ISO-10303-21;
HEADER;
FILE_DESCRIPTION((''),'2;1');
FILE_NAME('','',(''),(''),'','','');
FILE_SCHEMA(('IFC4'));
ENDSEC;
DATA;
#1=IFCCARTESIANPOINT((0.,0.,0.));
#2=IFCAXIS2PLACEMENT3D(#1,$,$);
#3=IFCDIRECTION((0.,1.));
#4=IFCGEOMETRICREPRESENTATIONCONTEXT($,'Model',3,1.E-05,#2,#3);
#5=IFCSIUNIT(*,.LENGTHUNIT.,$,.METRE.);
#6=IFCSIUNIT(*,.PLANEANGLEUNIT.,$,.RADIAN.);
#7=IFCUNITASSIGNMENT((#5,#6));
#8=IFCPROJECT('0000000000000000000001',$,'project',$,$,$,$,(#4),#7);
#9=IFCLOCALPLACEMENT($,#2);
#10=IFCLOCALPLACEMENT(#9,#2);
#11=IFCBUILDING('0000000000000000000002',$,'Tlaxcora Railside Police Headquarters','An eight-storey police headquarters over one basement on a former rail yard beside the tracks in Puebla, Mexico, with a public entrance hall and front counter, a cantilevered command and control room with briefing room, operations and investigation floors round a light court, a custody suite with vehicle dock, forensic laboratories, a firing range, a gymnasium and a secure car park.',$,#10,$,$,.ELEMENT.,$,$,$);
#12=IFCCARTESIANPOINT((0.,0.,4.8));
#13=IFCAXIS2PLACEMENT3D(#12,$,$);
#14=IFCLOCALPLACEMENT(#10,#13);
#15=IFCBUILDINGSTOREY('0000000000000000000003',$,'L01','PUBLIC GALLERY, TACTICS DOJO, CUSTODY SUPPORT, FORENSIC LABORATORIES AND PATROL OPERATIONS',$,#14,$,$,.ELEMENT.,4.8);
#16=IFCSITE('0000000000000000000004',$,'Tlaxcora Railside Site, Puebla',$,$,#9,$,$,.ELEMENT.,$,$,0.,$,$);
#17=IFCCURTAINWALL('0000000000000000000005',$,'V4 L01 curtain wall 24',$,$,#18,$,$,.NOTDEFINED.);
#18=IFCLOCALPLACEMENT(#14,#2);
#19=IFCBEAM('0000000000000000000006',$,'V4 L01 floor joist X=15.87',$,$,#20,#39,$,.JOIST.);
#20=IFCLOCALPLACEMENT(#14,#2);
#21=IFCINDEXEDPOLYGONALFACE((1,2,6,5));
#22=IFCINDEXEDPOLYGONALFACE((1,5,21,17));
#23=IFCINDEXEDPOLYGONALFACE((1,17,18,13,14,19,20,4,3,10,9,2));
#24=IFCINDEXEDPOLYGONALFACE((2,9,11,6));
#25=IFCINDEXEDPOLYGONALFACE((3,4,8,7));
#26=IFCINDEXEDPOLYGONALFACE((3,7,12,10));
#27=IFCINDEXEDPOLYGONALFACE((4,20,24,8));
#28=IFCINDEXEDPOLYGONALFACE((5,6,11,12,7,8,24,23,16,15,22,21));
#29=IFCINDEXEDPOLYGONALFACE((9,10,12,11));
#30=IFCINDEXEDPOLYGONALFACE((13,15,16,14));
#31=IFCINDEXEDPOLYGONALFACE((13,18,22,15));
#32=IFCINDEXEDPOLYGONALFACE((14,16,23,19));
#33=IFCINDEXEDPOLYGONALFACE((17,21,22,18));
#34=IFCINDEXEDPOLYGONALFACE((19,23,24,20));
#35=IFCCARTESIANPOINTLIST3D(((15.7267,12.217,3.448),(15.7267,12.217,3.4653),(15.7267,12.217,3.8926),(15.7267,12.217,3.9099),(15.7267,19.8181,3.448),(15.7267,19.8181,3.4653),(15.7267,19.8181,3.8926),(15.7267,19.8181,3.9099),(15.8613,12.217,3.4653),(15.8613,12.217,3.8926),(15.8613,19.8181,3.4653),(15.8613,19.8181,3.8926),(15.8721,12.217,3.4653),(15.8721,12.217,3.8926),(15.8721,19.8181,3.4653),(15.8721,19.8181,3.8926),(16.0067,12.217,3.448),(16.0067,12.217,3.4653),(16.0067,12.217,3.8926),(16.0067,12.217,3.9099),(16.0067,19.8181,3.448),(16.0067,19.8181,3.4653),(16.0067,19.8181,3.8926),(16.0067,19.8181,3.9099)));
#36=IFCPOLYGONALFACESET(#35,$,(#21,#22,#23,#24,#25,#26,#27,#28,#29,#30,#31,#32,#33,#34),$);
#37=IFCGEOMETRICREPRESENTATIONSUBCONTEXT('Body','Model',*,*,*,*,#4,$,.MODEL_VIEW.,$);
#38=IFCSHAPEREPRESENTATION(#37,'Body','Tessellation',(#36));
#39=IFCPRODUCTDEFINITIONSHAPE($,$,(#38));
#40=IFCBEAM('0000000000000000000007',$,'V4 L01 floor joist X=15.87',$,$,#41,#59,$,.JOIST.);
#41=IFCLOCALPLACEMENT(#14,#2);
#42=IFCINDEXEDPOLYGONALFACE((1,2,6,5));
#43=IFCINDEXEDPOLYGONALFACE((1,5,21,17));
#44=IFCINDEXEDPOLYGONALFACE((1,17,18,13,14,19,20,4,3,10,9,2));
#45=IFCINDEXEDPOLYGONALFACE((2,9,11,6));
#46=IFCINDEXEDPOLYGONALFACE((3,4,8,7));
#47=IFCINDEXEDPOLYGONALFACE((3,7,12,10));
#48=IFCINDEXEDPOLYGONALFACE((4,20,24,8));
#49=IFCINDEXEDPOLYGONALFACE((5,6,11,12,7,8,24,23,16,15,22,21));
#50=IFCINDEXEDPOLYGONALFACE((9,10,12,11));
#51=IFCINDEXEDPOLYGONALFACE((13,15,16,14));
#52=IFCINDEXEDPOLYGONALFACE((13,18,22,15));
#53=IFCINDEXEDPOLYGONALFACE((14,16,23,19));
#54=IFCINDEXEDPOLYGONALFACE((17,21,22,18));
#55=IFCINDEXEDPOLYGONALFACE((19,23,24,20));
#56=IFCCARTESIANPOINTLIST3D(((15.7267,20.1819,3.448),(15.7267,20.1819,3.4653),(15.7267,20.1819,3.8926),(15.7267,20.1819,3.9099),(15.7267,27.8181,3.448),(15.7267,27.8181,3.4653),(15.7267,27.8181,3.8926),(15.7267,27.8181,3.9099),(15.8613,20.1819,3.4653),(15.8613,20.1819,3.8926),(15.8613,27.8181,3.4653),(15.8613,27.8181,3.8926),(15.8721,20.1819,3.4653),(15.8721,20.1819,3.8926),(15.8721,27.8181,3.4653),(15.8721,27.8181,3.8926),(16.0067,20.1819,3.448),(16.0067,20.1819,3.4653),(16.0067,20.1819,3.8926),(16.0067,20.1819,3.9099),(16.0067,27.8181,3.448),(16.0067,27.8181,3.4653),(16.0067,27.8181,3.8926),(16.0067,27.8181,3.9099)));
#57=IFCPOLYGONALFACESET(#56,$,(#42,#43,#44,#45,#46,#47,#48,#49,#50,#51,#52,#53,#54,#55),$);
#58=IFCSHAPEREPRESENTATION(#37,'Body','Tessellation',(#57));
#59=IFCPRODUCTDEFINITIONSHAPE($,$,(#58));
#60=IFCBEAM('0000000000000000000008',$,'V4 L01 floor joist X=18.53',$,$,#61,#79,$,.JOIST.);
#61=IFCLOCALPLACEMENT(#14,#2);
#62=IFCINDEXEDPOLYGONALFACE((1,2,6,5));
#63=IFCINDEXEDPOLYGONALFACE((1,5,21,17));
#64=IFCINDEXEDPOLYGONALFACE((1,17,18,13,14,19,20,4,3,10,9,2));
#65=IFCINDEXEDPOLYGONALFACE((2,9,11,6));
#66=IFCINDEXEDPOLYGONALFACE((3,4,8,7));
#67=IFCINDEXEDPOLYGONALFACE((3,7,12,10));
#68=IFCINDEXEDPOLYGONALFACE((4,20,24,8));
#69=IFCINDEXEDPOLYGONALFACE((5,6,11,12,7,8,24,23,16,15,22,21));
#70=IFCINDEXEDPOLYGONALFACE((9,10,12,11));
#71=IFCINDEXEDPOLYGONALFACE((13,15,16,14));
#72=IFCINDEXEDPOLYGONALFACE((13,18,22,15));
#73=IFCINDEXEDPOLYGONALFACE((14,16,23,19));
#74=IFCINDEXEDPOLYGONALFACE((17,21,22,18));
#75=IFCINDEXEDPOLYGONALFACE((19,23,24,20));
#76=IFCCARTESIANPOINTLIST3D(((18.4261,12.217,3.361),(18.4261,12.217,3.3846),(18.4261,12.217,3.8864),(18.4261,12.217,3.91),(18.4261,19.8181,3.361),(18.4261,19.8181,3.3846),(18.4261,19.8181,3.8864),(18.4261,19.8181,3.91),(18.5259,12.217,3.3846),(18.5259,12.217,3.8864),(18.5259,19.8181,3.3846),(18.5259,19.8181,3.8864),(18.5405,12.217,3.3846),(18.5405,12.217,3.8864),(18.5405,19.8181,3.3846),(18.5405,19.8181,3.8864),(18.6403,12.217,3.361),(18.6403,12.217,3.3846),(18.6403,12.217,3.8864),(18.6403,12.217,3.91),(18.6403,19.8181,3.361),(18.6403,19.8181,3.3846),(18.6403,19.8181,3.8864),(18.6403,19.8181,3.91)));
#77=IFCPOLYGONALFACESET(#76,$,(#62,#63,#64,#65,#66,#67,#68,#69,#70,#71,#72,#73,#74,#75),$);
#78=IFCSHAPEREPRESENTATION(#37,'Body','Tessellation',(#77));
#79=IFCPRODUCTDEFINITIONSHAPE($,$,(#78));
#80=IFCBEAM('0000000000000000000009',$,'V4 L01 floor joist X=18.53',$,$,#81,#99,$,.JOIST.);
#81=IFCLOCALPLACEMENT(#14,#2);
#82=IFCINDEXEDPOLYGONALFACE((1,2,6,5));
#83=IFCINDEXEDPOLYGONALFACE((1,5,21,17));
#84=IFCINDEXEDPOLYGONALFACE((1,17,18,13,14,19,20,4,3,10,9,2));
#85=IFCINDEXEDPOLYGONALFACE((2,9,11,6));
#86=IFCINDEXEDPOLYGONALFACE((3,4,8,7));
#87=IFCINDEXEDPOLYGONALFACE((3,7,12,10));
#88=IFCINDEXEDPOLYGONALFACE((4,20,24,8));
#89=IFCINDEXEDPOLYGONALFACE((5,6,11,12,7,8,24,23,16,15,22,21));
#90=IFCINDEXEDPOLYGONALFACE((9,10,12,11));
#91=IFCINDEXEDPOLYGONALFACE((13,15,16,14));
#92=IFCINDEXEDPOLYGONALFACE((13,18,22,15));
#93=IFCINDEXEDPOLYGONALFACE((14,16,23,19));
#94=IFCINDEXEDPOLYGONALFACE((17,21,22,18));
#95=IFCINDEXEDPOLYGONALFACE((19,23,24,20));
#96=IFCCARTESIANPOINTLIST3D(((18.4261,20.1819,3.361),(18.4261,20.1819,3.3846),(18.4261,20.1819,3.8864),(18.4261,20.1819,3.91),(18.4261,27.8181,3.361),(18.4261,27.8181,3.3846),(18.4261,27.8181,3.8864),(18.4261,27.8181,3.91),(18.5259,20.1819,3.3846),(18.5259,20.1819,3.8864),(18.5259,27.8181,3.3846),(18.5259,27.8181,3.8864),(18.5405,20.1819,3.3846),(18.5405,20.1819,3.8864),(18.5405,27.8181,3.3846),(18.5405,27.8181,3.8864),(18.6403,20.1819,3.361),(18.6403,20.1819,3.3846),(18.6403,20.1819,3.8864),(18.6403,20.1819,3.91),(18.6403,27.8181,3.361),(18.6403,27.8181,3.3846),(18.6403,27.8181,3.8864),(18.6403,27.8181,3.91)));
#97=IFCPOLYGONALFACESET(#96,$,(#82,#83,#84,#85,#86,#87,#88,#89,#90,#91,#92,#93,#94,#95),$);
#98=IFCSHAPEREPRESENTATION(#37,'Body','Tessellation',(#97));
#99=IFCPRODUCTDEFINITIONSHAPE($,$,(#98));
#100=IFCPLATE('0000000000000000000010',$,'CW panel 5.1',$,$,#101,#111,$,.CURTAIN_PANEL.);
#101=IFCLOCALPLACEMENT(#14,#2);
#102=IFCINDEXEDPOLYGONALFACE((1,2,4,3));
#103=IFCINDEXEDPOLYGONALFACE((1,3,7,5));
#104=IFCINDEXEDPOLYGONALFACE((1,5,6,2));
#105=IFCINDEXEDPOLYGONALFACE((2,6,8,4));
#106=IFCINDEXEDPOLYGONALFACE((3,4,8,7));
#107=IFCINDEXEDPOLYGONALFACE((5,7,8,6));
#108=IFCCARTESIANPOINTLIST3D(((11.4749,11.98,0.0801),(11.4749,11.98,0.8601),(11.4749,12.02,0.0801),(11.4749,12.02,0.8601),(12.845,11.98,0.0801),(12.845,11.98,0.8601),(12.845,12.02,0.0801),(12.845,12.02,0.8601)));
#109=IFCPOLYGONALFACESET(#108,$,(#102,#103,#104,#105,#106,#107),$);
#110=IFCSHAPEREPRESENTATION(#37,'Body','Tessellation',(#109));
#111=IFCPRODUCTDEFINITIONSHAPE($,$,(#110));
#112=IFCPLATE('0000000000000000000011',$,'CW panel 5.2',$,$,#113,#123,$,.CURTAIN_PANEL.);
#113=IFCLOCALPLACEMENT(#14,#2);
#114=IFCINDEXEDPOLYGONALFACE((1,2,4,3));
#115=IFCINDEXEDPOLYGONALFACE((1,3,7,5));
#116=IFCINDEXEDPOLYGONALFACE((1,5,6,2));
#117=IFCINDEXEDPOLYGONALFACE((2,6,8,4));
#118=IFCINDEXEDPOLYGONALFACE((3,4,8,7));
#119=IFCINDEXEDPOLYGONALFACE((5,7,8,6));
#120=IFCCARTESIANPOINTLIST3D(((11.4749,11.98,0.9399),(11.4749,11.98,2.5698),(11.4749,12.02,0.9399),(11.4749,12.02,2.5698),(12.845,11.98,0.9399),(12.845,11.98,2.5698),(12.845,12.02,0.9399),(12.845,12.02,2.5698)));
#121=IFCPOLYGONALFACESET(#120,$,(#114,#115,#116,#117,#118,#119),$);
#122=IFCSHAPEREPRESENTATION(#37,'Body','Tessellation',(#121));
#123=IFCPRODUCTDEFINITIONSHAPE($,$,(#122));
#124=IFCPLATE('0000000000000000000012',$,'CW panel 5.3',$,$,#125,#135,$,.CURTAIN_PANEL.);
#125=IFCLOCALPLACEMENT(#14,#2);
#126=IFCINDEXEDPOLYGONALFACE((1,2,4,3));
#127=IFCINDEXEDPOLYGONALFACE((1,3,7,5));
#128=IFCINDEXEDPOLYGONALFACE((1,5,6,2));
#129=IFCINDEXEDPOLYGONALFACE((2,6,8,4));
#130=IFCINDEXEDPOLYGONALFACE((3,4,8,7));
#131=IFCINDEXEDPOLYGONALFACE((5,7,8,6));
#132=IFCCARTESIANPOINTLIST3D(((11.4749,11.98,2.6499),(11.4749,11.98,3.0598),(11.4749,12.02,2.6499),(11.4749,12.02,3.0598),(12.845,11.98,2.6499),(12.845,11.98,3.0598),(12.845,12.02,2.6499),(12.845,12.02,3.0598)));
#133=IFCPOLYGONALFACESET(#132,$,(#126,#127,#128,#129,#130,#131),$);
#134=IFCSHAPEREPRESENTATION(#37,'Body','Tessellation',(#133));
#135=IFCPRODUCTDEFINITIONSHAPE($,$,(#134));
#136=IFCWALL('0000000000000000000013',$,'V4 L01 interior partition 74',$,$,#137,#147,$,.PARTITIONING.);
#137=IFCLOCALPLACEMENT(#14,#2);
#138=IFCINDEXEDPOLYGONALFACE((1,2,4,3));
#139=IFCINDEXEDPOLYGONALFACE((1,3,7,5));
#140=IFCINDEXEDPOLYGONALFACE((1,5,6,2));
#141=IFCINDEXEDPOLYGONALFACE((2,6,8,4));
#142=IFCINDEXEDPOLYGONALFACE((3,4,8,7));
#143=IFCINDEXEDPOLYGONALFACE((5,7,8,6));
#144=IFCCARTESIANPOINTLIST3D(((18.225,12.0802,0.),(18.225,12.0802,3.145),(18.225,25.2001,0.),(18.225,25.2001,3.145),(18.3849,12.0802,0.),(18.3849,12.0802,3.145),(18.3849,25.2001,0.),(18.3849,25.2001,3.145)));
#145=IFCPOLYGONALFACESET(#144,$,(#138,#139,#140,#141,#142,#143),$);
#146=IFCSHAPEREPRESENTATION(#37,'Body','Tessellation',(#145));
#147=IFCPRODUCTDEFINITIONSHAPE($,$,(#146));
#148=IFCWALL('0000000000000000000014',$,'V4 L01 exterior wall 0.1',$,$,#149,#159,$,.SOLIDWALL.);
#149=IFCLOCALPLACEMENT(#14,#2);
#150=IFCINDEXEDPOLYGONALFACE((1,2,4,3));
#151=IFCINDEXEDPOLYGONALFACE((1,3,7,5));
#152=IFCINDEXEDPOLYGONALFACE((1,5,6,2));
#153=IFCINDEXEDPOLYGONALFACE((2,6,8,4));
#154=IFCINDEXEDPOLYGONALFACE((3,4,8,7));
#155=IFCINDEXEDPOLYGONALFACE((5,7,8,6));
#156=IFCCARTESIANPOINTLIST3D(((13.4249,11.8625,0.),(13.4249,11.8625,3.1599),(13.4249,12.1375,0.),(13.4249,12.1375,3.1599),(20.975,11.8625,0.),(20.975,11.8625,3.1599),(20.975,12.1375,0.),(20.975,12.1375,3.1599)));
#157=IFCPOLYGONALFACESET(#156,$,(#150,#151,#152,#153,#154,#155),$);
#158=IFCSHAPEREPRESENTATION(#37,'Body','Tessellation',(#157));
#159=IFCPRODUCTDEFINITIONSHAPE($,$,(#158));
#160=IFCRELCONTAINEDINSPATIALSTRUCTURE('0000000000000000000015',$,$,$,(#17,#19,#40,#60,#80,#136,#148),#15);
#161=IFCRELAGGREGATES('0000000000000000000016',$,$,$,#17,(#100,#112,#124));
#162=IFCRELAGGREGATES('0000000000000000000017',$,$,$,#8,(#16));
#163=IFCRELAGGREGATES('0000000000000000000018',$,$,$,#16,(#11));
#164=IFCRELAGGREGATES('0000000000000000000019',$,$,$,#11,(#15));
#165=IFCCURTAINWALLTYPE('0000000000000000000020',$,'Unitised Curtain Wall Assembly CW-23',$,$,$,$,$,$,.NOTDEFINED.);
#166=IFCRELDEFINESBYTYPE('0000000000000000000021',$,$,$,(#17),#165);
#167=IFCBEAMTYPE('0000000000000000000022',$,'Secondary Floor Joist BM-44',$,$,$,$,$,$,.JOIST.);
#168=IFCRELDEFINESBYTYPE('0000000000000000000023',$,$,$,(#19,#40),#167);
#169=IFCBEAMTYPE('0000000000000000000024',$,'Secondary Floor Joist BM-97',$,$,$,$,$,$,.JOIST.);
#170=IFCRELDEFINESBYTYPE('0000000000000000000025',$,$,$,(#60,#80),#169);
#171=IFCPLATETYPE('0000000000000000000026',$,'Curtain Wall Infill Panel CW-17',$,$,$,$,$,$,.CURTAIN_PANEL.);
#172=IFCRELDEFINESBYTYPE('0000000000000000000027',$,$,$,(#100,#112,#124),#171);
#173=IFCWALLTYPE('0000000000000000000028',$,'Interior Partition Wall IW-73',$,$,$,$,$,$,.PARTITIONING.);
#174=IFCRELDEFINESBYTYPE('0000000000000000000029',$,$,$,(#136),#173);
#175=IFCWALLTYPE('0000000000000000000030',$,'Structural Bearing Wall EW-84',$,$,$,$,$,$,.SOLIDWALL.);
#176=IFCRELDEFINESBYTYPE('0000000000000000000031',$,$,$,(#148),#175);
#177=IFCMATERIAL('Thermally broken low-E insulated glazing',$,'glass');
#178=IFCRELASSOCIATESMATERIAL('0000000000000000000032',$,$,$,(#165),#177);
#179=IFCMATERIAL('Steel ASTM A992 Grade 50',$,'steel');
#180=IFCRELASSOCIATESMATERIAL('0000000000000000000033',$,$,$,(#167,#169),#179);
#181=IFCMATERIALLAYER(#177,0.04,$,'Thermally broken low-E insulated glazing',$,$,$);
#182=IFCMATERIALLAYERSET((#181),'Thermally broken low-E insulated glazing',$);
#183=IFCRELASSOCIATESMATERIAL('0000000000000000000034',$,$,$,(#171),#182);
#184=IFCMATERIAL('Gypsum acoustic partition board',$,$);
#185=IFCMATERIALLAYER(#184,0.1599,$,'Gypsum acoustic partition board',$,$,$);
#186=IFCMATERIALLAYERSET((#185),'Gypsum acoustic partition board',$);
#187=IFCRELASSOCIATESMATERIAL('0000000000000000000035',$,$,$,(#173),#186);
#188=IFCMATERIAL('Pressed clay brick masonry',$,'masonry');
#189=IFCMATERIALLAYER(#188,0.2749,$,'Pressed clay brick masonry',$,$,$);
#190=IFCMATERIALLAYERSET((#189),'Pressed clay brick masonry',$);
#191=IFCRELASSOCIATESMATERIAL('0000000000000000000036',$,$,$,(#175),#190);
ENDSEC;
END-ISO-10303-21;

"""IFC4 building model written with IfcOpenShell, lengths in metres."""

from ifc_helpers import new_model, si_unit, direction, frame, frame_2d, origin, origin_2d, place, context, subcontext, project, spatial, rectangle, i_section, extrude, material, layer, layer_set, material_profile, profile_set, type_object, element, aggregate, save


model = new_model("IFC4")

# Units and contexts
model_context = context("Model", 3, precision=1e-05, world=origin(), true_north=direction((0.0, 1.0)))
body_context = subcontext(model_context, "Body", "Model", "MODEL_VIEW")
ifc_project = project(units=[si_unit("LENGTHUNIT", "METRE"), si_unit("PLANEANGLEUNIT", "RADIAN")], contexts=[model_context])

# Site, building, storey
site_placement = place(None, origin())
site = spatial("IfcSite", under=ifc_project, at=site_placement, Name="Tlaxcora Railside Site, Puebla", CompositionType="ELEMENT", RefElevation=0.0)
building_placement = place(site_placement, origin())
building = spatial("IfcBuilding", under=site, at=building_placement, Name="Tlaxcora Railside Police Headquarters", Description="An eight-storey police headquarters over one basement on a former rail yard beside the tracks in Puebla, Mexico, with a public entrance hall and front counter, a cantilevered command and control room with briefing room, operations and investigation floors round a light court, a custody suite with vehicle dock, forensic laboratories, a firing range, a gymnasium and a secure car park.", CompositionType="ELEMENT")
storey_placement = place(building_placement, frame((0.0, 0.0, 4.8)))
storey = spatial("IfcBuildingStorey", under=building, at=storey_placement, Name="L01", Description="PUBLIC GALLERY, TACTICS DOJO, CUSTODY SUPPORT, FORENSIC LABORATORIES AND PATROL OPERATIONS", CompositionType="ELEMENT", Elevation=4.8)

# Curtain wall
ifc_material_1 = material(Name="Thermally broken low-E insulated glazing", Category="glass")
curtain_wall_type = type_object("IfcCurtainWallType", Name="Unitised Curtain Wall Assembly CW-23", PredefinedType="NOTDEFINED", material=ifc_material_1)
curtain_wall_placement = place(storey_placement, origin())
curtain_wall = element("IfcCurtainWall", 1, at=curtain_wall_placement, inside=storey, type_object=curtain_wall_type, Name="V4 L01 curtain wall 24", PredefinedType="NOTDEFINED")

# Beams
ifc_material_2 = material(Name="Steel ASTM A992 Grade 50", Category="steel")
ifc_material_profile_1 = material_profile(ifc_material_2, i_section(OverallWidth=0.28, OverallDepth=0.4619, WebThickness=0.0107, FlangeThickness=0.0173, at=origin_2d()), Name="W18X76")
ifc_profile_set_1 = profile_set([ifc_material_profile_1], Name="Steel ASTM A992 Grade 50")
beam_type_1 = type_object("IfcBeamType", Name="Secondary Floor Joist BM-44", PredefinedType="JOIST", material=ifc_profile_set_1)
beam_1_placement = place(storey_placement, frame((15.8667, 12.217, 3.679), z_axis=(0.0, 1.0, 0.0), x_axis=(-1.0, 0.0, 0.0)))
element("IfcBeam", 2, at=beam_1_placement, inside=storey, type_object=beam_type_1, Name="V4 L01 floor joist X=15.87", PredefinedType="JOIST", context=body_context, shape_type="SweptSolid", body=[
    extrude(i_section(OverallWidth=0.28, OverallDepth=0.4619, WebThickness=0.0107, FlangeThickness=0.0173, at=origin_2d()), origin(), (0.0, 0.0, 1.0), 7.6011),
])
beam_2_placement = place(storey_placement, frame((15.8667, 20.1819, 3.679), z_axis=(0.0, 1.0, 0.0), x_axis=(-1.0, 0.0, 0.0)))
element("IfcBeam", 3, at=beam_2_placement, inside=storey, type_object=beam_type_1, Name="V4 L01 floor joist X=15.87", PredefinedType="JOIST", context=body_context, shape_type="SweptSolid", body=[
    extrude(i_section(OverallWidth=0.28, OverallDepth=0.4619, WebThickness=0.0107, FlangeThickness=0.0173, at=origin_2d()), origin(), (0.0, 0.0, 1.0), 7.6362),
])
ifc_material_profile_2 = material_profile(ifc_material_2, i_section(OverallWidth=0.2141, OverallDepth=0.5491, WebThickness=0.0146, FlangeThickness=0.0237, at=origin_2d()), Name="W21X93")
ifc_profile_set_2 = profile_set([ifc_material_profile_2], Name="Steel ASTM A992 Grade 50")
beam_type_2 = type_object("IfcBeamType", Name="Secondary Floor Joist BM-97", PredefinedType="JOIST", material=ifc_profile_set_2)
beam_3_placement = place(storey_placement, frame((18.5332, 12.217, 3.6355), z_axis=(0.0, 1.0, 0.0), x_axis=(-1.0, 0.0, 0.0)))
element("IfcBeam", 4, at=beam_3_placement, inside=storey, type_object=beam_type_2, Name="V4 L01 floor joist X=18.53", PredefinedType="JOIST", context=body_context, shape_type="SweptSolid", body=[
    extrude(i_section(OverallWidth=0.2141, OverallDepth=0.5491, WebThickness=0.0146, FlangeThickness=0.0237, at=origin_2d()), origin(), (0.0, 0.0, 1.0), 7.6011),
])
beam_4_placement = place(storey_placement, frame((18.5332, 20.1819, 3.6355), z_axis=(0.0, 1.0, 0.0), x_axis=(-1.0, 0.0, 0.0)))
element("IfcBeam", 5, at=beam_4_placement, inside=storey, type_object=beam_type_2, Name="V4 L01 floor joist X=18.53", PredefinedType="JOIST", context=body_context, shape_type="SweptSolid", body=[
    extrude(i_section(OverallWidth=0.2141, OverallDepth=0.5491, WebThickness=0.0146, FlangeThickness=0.0237, at=origin_2d()), origin(), (0.0, 0.0, 1.0), 7.6362),
])

# Plates
ifc_layer_1 = layer(ifc_material_1, 0.04, Name="Thermally broken low-E insulated glazing")
ifc_layer_set_1 = layer_set([ifc_layer_1], Name="Thermally broken low-E insulated glazing")
plate_type = type_object("IfcPlateType", Name="Curtain Wall Infill Panel CW-17", PredefinedType="CURTAIN_PANEL", material=ifc_layer_set_1)
plate_1_placement = place(storey_placement, frame((12.1599, 12.0, 0.0801), z_axis=(0.0, 0.0, 1.0), x_axis=(1.0, 0.0, 0.0)))
plate_1 = element("IfcPlate", 6, at=plate_1_placement, type_object=plate_type, Name="CW panel 5.1", PredefinedType="CURTAIN_PANEL", context=body_context, shape_type="SweptSolid", body=[
    extrude(rectangle(XDim=1.3701, YDim=0.04, at=origin_2d()), origin(), (0.0, 0.0, 1.0), 0.78),
])
plate_2_placement = place(storey_placement, frame((12.1599, 12.0, 0.9399), z_axis=(0.0, 0.0, 1.0), x_axis=(1.0, 0.0, 0.0)))
plate_2 = element("IfcPlate", 7, at=plate_2_placement, type_object=plate_type, Name="CW panel 5.2", PredefinedType="CURTAIN_PANEL", context=body_context, shape_type="SweptSolid", body=[
    extrude(rectangle(XDim=1.3701, YDim=0.04, at=origin_2d()), origin(), (0.0, 0.0, 1.0), 1.6299),
])
plate_3_placement = place(storey_placement, frame((12.1599, 12.0, 2.6499), z_axis=(0.0, 0.0, 1.0), x_axis=(1.0, 0.0, 0.0)))
plate_3 = element("IfcPlate", 8, at=plate_3_placement, type_object=plate_type, Name="CW panel 5.3", PredefinedType="CURTAIN_PANEL", context=body_context, shape_type="SweptSolid", body=[
    extrude(rectangle(XDim=1.3701, YDim=0.04, at=origin_2d()), origin(), (0.0, 0.0, 1.0), 0.4099),
])
aggregate(curtain_wall, [plate_1, plate_2, plate_3])

# Walls
ifc_material_3 = material(Name="Gypsum acoustic partition board")
ifc_layer_2 = layer(ifc_material_3, 0.1599, Name="Gypsum acoustic partition board")
ifc_layer_set_2 = layer_set([ifc_layer_2], Name="Gypsum acoustic partition board")
wall_type_1 = type_object("IfcWallType", Name="Interior Partition Wall IW-73", PredefinedType="PARTITIONING", material=ifc_layer_set_2)
wall_1_placement = place(storey_placement, frame((18.3049, 12.0801, 0.0), z_axis=(0.0, 0.0, 1.0), x_axis=(0.0, 1.0, 0.0)))
element("IfcWall", 9, at=wall_1_placement, inside=storey, type_object=wall_type_1, Name="V4 L01 interior partition 74", PredefinedType="PARTITIONING", context=body_context, shape_type="SweptSolid", body=[
    extrude(rectangle(XDim=13.1199, YDim=0.1599, at=frame_2d((6.5601, 0.0))), origin(), (0.0, 0.0, 1.0), 3.145),
])
ifc_material_4 = material(Name="Pressed clay brick masonry", Category="masonry")
ifc_layer_3 = layer(ifc_material_4, 0.2749, Name="Pressed clay brick masonry")
ifc_layer_set_3 = layer_set([ifc_layer_3], Name="Pressed clay brick masonry")
wall_type_2 = type_object("IfcWallType", Name="Structural Bearing Wall EW-84", PredefinedType="SOLIDWALL", material=ifc_layer_set_3)
wall_2_placement = place(storey_placement, frame((13.425, 12.0, 0.0), z_axis=(0.0, 0.0, 1.0), x_axis=(1.0, 0.0, 0.0)))
element("IfcWall", 10, at=wall_2_placement, inside=storey, type_object=wall_type_2, Name="V4 L01 exterior wall 0.1", PredefinedType="SOLIDWALL", context=body_context, shape_type="SweptSolid", body=[
    extrude(rectangle(XDim=7.55, YDim=0.2749, at=frame_2d((3.7749, 0.0))), origin(), (0.0, 0.0, 1.0), 3.1599),
])

save(model, "model.ifc")
